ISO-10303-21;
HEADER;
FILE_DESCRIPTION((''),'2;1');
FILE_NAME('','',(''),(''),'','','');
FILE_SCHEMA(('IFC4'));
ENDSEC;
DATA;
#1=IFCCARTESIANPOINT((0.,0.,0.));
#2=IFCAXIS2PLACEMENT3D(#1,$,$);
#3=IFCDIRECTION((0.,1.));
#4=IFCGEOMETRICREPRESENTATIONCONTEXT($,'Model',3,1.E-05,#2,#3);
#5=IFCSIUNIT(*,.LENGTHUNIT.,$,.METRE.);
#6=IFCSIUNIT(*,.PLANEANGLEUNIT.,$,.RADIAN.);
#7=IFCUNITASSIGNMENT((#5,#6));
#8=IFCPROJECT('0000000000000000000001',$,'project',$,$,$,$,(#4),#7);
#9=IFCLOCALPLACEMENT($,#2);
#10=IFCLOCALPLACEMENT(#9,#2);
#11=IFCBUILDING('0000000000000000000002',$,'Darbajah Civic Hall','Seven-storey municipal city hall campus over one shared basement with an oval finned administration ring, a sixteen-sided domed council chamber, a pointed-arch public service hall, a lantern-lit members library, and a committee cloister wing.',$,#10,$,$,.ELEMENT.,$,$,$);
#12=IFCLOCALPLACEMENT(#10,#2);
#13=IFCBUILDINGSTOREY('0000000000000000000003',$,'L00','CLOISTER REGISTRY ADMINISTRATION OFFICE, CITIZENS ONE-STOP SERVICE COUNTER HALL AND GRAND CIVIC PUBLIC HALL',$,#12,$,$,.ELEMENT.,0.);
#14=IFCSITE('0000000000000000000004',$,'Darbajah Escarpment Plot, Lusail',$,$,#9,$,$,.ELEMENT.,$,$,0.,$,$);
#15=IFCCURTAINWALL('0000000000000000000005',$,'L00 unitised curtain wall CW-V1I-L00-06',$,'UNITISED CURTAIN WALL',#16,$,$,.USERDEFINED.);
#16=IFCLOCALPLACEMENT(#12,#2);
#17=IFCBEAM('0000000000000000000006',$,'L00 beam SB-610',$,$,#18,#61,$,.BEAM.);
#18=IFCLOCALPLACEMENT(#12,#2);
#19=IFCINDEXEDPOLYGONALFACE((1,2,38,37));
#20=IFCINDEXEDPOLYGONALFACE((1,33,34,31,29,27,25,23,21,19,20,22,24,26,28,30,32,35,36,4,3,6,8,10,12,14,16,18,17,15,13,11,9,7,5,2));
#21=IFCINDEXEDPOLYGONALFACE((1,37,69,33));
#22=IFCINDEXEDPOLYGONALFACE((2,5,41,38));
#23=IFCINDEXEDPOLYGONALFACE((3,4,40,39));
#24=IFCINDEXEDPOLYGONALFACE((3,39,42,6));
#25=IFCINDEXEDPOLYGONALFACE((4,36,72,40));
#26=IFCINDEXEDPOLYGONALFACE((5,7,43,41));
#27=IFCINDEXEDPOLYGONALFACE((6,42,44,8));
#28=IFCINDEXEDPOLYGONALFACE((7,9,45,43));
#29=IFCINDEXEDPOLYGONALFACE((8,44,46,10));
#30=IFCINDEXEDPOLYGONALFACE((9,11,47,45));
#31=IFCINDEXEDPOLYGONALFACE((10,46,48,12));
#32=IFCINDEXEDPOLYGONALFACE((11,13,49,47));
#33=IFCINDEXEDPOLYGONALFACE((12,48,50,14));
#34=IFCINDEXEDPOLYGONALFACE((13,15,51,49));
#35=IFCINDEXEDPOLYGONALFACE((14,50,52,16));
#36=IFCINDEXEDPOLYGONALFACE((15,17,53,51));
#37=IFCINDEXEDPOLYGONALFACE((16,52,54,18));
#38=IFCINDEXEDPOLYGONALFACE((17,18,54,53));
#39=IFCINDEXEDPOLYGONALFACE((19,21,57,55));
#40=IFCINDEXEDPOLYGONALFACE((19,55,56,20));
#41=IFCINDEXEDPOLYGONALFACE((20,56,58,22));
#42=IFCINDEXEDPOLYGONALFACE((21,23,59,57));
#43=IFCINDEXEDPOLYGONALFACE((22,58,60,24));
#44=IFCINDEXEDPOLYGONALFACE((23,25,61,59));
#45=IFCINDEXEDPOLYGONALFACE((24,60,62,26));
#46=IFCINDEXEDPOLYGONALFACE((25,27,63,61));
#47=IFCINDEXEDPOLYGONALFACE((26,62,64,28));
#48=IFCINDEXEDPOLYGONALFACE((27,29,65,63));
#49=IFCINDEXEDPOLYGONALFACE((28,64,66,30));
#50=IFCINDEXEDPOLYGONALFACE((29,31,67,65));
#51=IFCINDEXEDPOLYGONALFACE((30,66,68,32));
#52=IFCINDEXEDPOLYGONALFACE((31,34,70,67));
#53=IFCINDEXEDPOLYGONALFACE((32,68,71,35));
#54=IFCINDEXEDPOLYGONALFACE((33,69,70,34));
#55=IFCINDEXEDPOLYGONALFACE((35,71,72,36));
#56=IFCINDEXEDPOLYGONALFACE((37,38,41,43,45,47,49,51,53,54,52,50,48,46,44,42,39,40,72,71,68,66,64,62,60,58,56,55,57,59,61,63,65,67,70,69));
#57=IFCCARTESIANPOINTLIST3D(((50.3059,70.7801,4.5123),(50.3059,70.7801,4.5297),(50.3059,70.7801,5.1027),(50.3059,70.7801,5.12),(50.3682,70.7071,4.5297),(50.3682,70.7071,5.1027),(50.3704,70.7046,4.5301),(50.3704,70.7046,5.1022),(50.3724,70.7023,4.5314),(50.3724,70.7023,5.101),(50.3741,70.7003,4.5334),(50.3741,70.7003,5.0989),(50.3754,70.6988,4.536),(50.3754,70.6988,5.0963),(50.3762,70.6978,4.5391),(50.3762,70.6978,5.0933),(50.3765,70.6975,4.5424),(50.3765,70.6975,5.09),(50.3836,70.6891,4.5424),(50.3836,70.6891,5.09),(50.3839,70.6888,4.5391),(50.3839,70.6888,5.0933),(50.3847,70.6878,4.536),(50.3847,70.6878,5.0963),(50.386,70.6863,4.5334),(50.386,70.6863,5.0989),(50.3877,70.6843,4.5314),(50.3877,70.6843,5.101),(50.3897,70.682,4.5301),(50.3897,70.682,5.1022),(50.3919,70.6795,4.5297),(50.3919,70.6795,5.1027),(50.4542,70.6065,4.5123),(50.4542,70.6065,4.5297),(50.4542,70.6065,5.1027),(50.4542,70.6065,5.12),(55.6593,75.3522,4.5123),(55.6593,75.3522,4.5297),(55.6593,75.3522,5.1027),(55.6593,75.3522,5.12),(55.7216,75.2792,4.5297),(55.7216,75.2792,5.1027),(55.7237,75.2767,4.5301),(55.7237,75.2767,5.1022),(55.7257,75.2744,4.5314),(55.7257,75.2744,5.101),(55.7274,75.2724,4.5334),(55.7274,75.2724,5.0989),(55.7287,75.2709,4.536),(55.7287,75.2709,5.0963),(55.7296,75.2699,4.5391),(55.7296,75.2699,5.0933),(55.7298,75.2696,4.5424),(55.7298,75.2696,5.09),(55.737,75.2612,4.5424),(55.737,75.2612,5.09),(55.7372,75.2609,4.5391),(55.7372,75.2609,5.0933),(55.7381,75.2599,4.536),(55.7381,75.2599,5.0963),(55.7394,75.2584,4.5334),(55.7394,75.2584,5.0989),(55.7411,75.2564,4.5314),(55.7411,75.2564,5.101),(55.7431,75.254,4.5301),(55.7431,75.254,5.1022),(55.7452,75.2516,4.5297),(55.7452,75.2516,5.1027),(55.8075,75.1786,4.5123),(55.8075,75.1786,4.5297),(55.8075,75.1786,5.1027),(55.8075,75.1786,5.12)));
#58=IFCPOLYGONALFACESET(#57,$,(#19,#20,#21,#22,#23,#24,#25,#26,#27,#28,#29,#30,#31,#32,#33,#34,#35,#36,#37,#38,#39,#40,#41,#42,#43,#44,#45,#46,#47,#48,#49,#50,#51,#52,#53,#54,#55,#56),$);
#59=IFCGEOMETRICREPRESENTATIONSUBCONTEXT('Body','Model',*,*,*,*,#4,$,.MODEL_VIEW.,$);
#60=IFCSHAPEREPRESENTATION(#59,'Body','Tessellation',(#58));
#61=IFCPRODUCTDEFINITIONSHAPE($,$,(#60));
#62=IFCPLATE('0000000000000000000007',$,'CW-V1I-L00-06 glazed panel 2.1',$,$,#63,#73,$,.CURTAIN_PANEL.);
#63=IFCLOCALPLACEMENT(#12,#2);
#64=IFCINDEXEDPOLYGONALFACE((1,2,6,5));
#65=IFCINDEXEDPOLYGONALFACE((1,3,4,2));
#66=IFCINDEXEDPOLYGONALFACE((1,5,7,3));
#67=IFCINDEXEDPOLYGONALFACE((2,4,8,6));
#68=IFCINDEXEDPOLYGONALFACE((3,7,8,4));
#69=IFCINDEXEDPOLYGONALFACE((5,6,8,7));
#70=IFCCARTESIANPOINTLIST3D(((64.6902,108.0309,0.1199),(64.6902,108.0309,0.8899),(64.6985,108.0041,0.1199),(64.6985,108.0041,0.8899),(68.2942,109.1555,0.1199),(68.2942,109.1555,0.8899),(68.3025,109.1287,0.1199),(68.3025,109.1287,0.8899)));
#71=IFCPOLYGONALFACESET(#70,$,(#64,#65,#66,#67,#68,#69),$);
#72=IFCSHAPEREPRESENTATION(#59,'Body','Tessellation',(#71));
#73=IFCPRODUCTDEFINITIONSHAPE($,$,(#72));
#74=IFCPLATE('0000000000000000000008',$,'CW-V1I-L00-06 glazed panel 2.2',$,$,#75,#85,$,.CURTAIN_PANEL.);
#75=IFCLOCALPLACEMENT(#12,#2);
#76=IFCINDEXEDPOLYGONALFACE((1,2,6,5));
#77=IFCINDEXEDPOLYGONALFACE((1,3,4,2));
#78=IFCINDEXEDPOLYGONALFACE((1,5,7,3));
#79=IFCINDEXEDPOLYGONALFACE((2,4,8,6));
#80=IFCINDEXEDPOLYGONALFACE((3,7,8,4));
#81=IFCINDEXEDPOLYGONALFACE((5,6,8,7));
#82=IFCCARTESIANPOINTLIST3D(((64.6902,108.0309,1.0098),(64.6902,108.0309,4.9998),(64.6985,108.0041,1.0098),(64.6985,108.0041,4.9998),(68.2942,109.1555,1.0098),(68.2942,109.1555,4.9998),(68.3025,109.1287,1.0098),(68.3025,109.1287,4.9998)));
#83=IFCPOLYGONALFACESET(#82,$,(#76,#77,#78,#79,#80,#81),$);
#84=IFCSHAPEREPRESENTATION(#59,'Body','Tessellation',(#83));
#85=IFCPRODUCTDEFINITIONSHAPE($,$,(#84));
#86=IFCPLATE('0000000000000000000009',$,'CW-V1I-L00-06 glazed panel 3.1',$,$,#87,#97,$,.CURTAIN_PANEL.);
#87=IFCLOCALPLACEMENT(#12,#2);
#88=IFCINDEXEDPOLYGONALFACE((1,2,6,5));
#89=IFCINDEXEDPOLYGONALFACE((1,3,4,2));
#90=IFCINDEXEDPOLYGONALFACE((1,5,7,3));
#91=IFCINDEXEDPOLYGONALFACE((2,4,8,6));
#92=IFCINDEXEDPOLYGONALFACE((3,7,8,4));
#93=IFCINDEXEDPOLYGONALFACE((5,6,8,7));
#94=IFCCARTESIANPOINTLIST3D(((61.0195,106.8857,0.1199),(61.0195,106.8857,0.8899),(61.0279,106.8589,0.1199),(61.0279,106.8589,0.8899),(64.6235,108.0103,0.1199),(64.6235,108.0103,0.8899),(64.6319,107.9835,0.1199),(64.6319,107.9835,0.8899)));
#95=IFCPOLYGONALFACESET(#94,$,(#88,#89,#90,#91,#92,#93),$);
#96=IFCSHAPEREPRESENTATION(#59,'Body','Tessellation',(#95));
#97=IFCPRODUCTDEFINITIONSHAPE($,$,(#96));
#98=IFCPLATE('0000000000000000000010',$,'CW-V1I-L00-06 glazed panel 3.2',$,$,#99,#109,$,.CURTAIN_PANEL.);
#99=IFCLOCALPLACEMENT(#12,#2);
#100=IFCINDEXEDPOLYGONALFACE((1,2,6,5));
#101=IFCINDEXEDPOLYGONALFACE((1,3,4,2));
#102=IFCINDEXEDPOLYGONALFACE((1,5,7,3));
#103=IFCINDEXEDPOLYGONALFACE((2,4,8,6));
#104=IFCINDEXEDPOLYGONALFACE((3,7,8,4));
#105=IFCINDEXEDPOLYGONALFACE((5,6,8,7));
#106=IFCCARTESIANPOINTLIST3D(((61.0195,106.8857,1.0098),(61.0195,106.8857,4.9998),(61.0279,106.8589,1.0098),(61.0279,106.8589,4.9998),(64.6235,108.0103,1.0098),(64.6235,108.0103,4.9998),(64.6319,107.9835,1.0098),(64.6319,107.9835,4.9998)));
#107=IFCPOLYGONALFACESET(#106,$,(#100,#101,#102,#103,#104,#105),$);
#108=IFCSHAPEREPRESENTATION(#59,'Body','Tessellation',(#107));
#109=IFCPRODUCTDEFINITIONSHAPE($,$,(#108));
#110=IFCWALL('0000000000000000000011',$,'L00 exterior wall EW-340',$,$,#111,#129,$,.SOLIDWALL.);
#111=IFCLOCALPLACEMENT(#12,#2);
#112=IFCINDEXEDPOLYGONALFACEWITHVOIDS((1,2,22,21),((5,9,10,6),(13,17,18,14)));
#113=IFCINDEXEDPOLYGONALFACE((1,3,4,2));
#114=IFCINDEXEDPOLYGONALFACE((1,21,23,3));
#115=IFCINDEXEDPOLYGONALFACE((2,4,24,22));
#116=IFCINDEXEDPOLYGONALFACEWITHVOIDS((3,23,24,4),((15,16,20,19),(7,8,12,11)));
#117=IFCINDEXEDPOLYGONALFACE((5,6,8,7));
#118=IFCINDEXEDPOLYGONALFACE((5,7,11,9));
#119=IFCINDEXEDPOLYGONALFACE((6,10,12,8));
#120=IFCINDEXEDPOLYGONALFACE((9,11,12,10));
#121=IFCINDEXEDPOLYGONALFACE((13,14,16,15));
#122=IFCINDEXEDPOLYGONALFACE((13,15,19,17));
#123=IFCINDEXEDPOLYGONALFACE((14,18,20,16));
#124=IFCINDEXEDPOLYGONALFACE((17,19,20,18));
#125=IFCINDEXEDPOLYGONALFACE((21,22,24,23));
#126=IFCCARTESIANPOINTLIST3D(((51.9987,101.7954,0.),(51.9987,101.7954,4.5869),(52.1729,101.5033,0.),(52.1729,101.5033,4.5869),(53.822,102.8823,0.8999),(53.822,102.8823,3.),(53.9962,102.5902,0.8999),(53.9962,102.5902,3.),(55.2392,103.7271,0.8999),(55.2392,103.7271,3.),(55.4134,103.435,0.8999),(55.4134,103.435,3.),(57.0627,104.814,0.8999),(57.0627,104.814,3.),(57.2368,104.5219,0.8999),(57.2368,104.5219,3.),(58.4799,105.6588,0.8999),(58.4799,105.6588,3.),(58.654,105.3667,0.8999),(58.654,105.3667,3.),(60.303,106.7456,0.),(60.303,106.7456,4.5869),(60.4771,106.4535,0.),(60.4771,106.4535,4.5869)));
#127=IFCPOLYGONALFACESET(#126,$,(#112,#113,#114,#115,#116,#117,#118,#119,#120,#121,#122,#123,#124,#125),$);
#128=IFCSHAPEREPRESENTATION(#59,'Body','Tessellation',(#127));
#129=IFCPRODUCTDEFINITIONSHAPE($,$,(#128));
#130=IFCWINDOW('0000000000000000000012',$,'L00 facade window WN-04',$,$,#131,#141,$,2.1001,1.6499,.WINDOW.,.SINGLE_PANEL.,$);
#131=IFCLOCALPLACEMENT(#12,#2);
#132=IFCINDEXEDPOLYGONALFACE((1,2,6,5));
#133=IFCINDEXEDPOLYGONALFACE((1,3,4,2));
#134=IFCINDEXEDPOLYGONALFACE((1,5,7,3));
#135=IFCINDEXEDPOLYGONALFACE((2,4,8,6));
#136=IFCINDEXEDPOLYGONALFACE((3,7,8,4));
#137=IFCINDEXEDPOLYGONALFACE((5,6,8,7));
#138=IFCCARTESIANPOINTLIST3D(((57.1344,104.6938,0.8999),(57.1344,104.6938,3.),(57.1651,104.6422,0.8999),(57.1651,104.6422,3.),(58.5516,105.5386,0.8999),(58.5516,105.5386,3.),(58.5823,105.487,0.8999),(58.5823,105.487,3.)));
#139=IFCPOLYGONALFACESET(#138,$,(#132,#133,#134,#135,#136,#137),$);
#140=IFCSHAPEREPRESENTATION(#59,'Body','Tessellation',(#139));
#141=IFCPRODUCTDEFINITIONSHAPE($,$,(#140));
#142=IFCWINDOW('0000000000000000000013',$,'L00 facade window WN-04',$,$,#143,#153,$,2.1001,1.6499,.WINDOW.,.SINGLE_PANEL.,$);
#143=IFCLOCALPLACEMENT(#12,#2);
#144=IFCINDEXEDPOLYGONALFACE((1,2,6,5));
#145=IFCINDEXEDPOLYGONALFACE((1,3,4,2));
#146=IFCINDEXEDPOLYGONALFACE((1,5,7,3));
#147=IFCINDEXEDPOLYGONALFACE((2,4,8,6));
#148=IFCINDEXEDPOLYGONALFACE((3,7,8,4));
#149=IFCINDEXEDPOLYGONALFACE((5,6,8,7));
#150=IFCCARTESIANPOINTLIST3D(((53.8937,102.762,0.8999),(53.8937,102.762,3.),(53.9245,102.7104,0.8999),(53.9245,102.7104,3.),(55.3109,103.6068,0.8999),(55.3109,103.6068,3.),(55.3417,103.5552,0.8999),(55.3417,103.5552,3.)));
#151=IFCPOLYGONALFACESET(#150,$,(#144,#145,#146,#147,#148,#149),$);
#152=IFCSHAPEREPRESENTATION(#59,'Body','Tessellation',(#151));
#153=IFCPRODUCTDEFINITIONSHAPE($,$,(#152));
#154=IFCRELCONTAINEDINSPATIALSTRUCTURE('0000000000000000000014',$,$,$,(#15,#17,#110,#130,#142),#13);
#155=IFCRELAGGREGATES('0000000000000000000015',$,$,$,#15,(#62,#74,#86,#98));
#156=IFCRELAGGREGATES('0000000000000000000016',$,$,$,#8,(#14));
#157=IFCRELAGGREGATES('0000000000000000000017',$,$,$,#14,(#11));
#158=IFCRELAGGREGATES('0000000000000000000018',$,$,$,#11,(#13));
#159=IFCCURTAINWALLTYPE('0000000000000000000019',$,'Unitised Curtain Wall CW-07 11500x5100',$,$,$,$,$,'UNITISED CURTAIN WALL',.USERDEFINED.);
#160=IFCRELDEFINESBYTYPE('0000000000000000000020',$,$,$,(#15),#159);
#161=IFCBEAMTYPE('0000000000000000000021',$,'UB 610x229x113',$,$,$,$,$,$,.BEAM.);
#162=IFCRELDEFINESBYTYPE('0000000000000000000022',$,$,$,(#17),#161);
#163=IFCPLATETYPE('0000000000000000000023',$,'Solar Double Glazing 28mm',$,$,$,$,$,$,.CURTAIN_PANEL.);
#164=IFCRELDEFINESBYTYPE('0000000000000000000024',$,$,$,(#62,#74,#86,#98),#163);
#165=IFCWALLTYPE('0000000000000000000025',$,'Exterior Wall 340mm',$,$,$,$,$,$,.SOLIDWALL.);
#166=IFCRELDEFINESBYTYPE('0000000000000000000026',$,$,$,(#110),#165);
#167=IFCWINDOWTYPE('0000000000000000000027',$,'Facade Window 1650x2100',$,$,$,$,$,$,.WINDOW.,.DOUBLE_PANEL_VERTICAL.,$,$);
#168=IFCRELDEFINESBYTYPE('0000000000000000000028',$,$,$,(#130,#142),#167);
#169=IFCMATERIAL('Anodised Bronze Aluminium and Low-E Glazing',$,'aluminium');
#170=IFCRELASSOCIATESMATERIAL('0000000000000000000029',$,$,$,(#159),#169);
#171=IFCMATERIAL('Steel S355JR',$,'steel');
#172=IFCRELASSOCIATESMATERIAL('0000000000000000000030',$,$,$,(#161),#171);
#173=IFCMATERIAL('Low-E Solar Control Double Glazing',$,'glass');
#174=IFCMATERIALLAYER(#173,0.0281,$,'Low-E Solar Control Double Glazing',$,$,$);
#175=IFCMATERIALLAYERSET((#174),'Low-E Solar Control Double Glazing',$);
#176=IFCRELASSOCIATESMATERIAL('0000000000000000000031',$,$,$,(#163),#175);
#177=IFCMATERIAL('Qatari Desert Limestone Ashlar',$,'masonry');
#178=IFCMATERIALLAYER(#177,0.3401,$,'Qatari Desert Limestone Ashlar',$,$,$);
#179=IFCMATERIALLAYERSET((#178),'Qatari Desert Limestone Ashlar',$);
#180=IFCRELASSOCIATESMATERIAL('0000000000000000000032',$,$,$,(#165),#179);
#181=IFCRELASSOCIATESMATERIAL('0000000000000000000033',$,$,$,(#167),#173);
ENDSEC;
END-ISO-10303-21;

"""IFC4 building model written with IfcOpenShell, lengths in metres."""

from ifc_helpers import new_model, si_unit, direction, frame, frame_2d, origin, origin_2d, place, context, subcontext, project, spatial, rectangle, i_section, extrude, material, layer, layer_set, material_profile, profile_set, type_object, element, fill, aggregate, save


model = new_model("IFC4")

# Units and contexts
model_context = context("Model", 3, precision=1e-05, world=origin(), true_north=direction((0.0, 1.0)))
body_context = subcontext(model_context, "Body", "Model", "MODEL_VIEW")
ifc_project = project(units=[si_unit("LENGTHUNIT", "METRE"), si_unit("PLANEANGLEUNIT", "RADIAN")], contexts=[model_context])

# Site, building, storey
site_placement = place(None, origin())
site = spatial("IfcSite", under=ifc_project, at=site_placement, Name="Darbajah Escarpment Plot, Lusail", CompositionType="ELEMENT", RefElevation=0.0)
building_placement = place(site_placement, origin())
building = spatial("IfcBuilding", under=site, at=building_placement, Name="Darbajah Civic Hall", Description="Seven-storey municipal city hall campus over one shared basement with an oval finned administration ring, a sixteen-sided domed council chamber, a pointed-arch public service hall, a lantern-lit members library, and a committee cloister wing.", CompositionType="ELEMENT")
storey_placement = place(building_placement, origin())
storey = spatial("IfcBuildingStorey", under=building, at=storey_placement, Name="L00", Description="CLOISTER REGISTRY ADMINISTRATION OFFICE, CITIZENS ONE-STOP SERVICE COUNTER HALL AND GRAND CIVIC PUBLIC HALL", CompositionType="ELEMENT", Elevation=0.0)

# Curtain wall
ifc_material_1 = material(Name="Anodised Bronze Aluminium and Low-E Glazing", Category="aluminium")
curtain_wall_type = type_object("IfcCurtainWallType", Name="Unitised Curtain Wall CW-07 11500x5100", ElementType="UNITISED CURTAIN WALL", PredefinedType="USERDEFINED", material=ifc_material_1)
curtain_wall_placement = place(storey_placement, origin())
curtain_wall = element("IfcCurtainWall", 1, at=curtain_wall_placement, inside=storey, type_object=curtain_wall_type, Name="L00 unitised curtain wall CW-V1I-L00-06", ObjectType="UNITISED CURTAIN WALL", PredefinedType="USERDEFINED")

# Beam
ifc_material_2 = material(Name="Steel S355JR", Category="steel")
ifc_material_profile_1 = material_profile(ifc_material_2, i_section(OverallWidth=0.2283, OverallDepth=0.6077, WebThickness=0.011, FlangeThickness=0.0173, FilletRadius=0.0127, at=origin_2d()), Name="UB 610x229x113")
ifc_profile_set_1 = profile_set([ifc_material_profile_1], Name="Steel S355JR")
beam_type_1 = type_object("IfcBeamType", Name="UB 610x229x113", PredefinedType="BEAM", material=ifc_profile_set_1)
for number, where, z_axis, x_axis, name in (
    (2, (55.7334, 75.2654, 4.8162), (-0.760413, -0.649439, 0.0), (0.649439, -0.760413, 0.0), "L00 beam SB-610"),
):
    element("IfcBeam", number, at=place(storey_placement, frame(where, z_axis=z_axis, x_axis=x_axis)), inside=storey, type_object=beam_type_1, Name=name, PredefinedType="BEAM", context=body_context, shape_type="SweptSolid", body=[
        extrude(i_section(OverallWidth=0.2283, OverallDepth=0.6077, WebThickness=0.011, FlangeThickness=0.0173, FilletRadius=0.0127, at=origin_2d()), origin(), (0.0, 0.0, 1.0), 7.04),
    ])

# Plates
ifc_material_3 = material(Name="Low-E Solar Control Double Glazing", Category="glass")
ifc_layer_1 = layer(ifc_material_3, 0.0281, Name="Low-E Solar Control Double Glazing")
ifc_layer_set_1 = layer_set([ifc_layer_1], Name="Low-E Solar Control Double Glazing")
plate_type = type_object("IfcPlateType", Name="Solar Double Glazing 28mm", PredefinedType="CURTAIN_PANEL", material=ifc_layer_set_1)
plate_1_placement = place(storey_placement, frame((66.4963, 108.5798, 0.1199), z_axis=(0.0, 0.0, 1.0), x_axis=(-0.954605, -0.297875, 0.0)))
plate_1 = element("IfcPlate", 3, at=plate_1_placement, type_object=plate_type, Name="CW-V1I-L00-06 glazed panel 2.1", PredefinedType="CURTAIN_PANEL", context=body_context, shape_type="SweptSolid", body=[
    extrude(rectangle(XDim=3.7754, YDim=0.0281, at=origin_2d()), origin(), (0.0, 0.0, 1.0), 0.77),
])
plate_2_placement = place(storey_placement, frame((66.4963, 108.5798, 1.0098), z_axis=(0.0, 0.0, 1.0), x_axis=(-0.954605, -0.297875, 0.0)))
plate_2 = element("IfcPlate", 4, at=plate_2_placement, type_object=plate_type, Name="CW-V1I-L00-06 glazed panel 2.2", PredefinedType="CURTAIN_PANEL", context=body_context, shape_type="SweptSolid", body=[
    extrude(rectangle(XDim=3.7754, YDim=0.0281, at=origin_2d()), origin(), (0.0, 0.0, 1.0), 3.99),
])
plate_3_placement = place(storey_placement, frame((62.8257, 107.4346, 0.1199), z_axis=(0.0, 0.0, 1.0), x_axis=(-0.954605, -0.297875, 0.0)))
plate_3 = element("IfcPlate", 5, at=plate_3_placement, type_object=plate_type, Name="CW-V1I-L00-06 glazed panel 3.1", PredefinedType="CURTAIN_PANEL", context=body_context, shape_type="SweptSolid", body=[
    extrude(rectangle(XDim=3.7754, YDim=0.0281, at=origin_2d()), origin(), (0.0, 0.0, 1.0), 0.77),
])
plate_4_placement = place(storey_placement, frame((62.8257, 107.4346, 1.0098), z_axis=(0.0, 0.0, 1.0), x_axis=(-0.954605, -0.297875, 0.0)))
plate_4 = element("IfcPlate", 6, at=plate_4_placement, type_object=plate_type, Name="CW-V1I-L00-06 glazed panel 3.2", PredefinedType="CURTAIN_PANEL", context=body_context, shape_type="SweptSolid", body=[
    extrude(rectangle(XDim=3.7754, YDim=0.0281, at=origin_2d()), origin(), (0.0, 0.0, 1.0), 3.99),
])
aggregate(curtain_wall, [plate_1, plate_2, plate_3, plate_4])

# Wall, openings, windows
ifc_material_4 = material(Name="Qatari Desert Limestone Ashlar", Category="masonry")
ifc_layer_2 = layer(ifc_material_4, 0.3401, Name="Qatari Desert Limestone Ashlar")
ifc_layer_set_2 = layer_set([ifc_layer_2], Name="Qatari Desert Limestone Ashlar")
wall_type = type_object("IfcWallType", Name="Exterior Wall 340mm", PredefinedType="SOLIDWALL", material=ifc_layer_set_2)
wall_placement = place(storey_placement, frame((60.3901, 106.5996, 0.0), z_axis=(0.0, 0.0, 1.0), x_axis=(-0.858964, -0.512035, 0.0)))
wall = element("IfcWall", 7, at=wall_placement, inside=storey, type_object=wall_type, Name="L00 exterior wall EW-340", PredefinedType="SOLIDWALL", context=body_context, shape_type="SweptSolid", body=[
    extrude(rectangle(XDim=9.6677, YDim=0.3401, at=frame_2d((4.834, 0.0))), origin(), (0.0, 0.0, 1.0), 4.5869),
])
opening_1_placement = place(wall_placement, frame((2.1226, 0.0, 0.8999)))
opening_1 = element("IfcOpeningElement", 8, at=opening_1_placement, cuts=wall, PredefinedType="OPENING", context=body_context, shape_type="SweptSolid", body=[
    extrude(rectangle(XDim=1.6499, YDim=2.1001, at=frame_2d((0.825, 1.05))), frame((0.0, 0.1799, 0.0), z_axis=(0.0, -1.0, 0.0), x_axis=(1.0, 0.0, 0.0)), (0.0, 0.0, 1.0), 0.3601),
])
opening_2_placement = place(wall_placement, frame((5.8953, 0.0, 0.8999)))
opening_2 = element("IfcOpeningElement", 9, at=opening_2_placement, cuts=wall, PredefinedType="OPENING", context=body_context, shape_type="SweptSolid", body=[
    extrude(rectangle(XDim=1.6499, YDim=2.1001, at=frame_2d((0.825, 1.05))), frame((0.0, 0.1799, 0.0), z_axis=(0.0, -1.0, 0.0), x_axis=(1.0, 0.0, 0.0)), (0.0, 0.0, 1.0), 0.3601),
])
window_type = type_object("IfcWindowType", Name="Facade Window 1650x2100", PartitioningType="DOUBLE_PANEL_VERTICAL", PredefinedType="WINDOW", material=ifc_material_3)
window_1_placement = place(opening_1_placement, origin())
window_1 = element("IfcWindow", 10, at=window_1_placement, inside=storey, type_object=window_type, Name="L00 facade window WN-04", OverallHeight=2.1001, OverallWidth=1.6499, PartitioningType="SINGLE_PANEL", PredefinedType="WINDOW", context=body_context, shape_type="SweptSolid", body=[
    extrude(rectangle(XDim=1.6499, YDim=2.1001, at=frame_2d((0.825, 1.05))), frame((0.0, 0.03, 0.0), z_axis=(0.0, -1.0, 0.0), x_axis=(1.0, 0.0, 0.0)), (0.0, 0.0, 1.0), 0.0601),
])
fill(opening_1, window_1)
window_2_placement = place(opening_2_placement, origin())
window_2 = element("IfcWindow", 11, at=window_2_placement, inside=storey, type_object=window_type, Name="L00 facade window WN-04", OverallHeight=2.1001, OverallWidth=1.6499, PartitioningType="SINGLE_PANEL", PredefinedType="WINDOW", context=body_context, shape_type="SweptSolid", body=[
    extrude(rectangle(XDim=1.6499, YDim=2.1001, at=frame_2d((0.825, 1.05))), frame((0.0, 0.03, 0.0), z_axis=(0.0, -1.0, 0.0), x_axis=(1.0, 0.0, 0.0)), (0.0, 0.0, 1.0), 0.0601),
])
fill(opening_2, window_2)

save(model, "model.ifc")
